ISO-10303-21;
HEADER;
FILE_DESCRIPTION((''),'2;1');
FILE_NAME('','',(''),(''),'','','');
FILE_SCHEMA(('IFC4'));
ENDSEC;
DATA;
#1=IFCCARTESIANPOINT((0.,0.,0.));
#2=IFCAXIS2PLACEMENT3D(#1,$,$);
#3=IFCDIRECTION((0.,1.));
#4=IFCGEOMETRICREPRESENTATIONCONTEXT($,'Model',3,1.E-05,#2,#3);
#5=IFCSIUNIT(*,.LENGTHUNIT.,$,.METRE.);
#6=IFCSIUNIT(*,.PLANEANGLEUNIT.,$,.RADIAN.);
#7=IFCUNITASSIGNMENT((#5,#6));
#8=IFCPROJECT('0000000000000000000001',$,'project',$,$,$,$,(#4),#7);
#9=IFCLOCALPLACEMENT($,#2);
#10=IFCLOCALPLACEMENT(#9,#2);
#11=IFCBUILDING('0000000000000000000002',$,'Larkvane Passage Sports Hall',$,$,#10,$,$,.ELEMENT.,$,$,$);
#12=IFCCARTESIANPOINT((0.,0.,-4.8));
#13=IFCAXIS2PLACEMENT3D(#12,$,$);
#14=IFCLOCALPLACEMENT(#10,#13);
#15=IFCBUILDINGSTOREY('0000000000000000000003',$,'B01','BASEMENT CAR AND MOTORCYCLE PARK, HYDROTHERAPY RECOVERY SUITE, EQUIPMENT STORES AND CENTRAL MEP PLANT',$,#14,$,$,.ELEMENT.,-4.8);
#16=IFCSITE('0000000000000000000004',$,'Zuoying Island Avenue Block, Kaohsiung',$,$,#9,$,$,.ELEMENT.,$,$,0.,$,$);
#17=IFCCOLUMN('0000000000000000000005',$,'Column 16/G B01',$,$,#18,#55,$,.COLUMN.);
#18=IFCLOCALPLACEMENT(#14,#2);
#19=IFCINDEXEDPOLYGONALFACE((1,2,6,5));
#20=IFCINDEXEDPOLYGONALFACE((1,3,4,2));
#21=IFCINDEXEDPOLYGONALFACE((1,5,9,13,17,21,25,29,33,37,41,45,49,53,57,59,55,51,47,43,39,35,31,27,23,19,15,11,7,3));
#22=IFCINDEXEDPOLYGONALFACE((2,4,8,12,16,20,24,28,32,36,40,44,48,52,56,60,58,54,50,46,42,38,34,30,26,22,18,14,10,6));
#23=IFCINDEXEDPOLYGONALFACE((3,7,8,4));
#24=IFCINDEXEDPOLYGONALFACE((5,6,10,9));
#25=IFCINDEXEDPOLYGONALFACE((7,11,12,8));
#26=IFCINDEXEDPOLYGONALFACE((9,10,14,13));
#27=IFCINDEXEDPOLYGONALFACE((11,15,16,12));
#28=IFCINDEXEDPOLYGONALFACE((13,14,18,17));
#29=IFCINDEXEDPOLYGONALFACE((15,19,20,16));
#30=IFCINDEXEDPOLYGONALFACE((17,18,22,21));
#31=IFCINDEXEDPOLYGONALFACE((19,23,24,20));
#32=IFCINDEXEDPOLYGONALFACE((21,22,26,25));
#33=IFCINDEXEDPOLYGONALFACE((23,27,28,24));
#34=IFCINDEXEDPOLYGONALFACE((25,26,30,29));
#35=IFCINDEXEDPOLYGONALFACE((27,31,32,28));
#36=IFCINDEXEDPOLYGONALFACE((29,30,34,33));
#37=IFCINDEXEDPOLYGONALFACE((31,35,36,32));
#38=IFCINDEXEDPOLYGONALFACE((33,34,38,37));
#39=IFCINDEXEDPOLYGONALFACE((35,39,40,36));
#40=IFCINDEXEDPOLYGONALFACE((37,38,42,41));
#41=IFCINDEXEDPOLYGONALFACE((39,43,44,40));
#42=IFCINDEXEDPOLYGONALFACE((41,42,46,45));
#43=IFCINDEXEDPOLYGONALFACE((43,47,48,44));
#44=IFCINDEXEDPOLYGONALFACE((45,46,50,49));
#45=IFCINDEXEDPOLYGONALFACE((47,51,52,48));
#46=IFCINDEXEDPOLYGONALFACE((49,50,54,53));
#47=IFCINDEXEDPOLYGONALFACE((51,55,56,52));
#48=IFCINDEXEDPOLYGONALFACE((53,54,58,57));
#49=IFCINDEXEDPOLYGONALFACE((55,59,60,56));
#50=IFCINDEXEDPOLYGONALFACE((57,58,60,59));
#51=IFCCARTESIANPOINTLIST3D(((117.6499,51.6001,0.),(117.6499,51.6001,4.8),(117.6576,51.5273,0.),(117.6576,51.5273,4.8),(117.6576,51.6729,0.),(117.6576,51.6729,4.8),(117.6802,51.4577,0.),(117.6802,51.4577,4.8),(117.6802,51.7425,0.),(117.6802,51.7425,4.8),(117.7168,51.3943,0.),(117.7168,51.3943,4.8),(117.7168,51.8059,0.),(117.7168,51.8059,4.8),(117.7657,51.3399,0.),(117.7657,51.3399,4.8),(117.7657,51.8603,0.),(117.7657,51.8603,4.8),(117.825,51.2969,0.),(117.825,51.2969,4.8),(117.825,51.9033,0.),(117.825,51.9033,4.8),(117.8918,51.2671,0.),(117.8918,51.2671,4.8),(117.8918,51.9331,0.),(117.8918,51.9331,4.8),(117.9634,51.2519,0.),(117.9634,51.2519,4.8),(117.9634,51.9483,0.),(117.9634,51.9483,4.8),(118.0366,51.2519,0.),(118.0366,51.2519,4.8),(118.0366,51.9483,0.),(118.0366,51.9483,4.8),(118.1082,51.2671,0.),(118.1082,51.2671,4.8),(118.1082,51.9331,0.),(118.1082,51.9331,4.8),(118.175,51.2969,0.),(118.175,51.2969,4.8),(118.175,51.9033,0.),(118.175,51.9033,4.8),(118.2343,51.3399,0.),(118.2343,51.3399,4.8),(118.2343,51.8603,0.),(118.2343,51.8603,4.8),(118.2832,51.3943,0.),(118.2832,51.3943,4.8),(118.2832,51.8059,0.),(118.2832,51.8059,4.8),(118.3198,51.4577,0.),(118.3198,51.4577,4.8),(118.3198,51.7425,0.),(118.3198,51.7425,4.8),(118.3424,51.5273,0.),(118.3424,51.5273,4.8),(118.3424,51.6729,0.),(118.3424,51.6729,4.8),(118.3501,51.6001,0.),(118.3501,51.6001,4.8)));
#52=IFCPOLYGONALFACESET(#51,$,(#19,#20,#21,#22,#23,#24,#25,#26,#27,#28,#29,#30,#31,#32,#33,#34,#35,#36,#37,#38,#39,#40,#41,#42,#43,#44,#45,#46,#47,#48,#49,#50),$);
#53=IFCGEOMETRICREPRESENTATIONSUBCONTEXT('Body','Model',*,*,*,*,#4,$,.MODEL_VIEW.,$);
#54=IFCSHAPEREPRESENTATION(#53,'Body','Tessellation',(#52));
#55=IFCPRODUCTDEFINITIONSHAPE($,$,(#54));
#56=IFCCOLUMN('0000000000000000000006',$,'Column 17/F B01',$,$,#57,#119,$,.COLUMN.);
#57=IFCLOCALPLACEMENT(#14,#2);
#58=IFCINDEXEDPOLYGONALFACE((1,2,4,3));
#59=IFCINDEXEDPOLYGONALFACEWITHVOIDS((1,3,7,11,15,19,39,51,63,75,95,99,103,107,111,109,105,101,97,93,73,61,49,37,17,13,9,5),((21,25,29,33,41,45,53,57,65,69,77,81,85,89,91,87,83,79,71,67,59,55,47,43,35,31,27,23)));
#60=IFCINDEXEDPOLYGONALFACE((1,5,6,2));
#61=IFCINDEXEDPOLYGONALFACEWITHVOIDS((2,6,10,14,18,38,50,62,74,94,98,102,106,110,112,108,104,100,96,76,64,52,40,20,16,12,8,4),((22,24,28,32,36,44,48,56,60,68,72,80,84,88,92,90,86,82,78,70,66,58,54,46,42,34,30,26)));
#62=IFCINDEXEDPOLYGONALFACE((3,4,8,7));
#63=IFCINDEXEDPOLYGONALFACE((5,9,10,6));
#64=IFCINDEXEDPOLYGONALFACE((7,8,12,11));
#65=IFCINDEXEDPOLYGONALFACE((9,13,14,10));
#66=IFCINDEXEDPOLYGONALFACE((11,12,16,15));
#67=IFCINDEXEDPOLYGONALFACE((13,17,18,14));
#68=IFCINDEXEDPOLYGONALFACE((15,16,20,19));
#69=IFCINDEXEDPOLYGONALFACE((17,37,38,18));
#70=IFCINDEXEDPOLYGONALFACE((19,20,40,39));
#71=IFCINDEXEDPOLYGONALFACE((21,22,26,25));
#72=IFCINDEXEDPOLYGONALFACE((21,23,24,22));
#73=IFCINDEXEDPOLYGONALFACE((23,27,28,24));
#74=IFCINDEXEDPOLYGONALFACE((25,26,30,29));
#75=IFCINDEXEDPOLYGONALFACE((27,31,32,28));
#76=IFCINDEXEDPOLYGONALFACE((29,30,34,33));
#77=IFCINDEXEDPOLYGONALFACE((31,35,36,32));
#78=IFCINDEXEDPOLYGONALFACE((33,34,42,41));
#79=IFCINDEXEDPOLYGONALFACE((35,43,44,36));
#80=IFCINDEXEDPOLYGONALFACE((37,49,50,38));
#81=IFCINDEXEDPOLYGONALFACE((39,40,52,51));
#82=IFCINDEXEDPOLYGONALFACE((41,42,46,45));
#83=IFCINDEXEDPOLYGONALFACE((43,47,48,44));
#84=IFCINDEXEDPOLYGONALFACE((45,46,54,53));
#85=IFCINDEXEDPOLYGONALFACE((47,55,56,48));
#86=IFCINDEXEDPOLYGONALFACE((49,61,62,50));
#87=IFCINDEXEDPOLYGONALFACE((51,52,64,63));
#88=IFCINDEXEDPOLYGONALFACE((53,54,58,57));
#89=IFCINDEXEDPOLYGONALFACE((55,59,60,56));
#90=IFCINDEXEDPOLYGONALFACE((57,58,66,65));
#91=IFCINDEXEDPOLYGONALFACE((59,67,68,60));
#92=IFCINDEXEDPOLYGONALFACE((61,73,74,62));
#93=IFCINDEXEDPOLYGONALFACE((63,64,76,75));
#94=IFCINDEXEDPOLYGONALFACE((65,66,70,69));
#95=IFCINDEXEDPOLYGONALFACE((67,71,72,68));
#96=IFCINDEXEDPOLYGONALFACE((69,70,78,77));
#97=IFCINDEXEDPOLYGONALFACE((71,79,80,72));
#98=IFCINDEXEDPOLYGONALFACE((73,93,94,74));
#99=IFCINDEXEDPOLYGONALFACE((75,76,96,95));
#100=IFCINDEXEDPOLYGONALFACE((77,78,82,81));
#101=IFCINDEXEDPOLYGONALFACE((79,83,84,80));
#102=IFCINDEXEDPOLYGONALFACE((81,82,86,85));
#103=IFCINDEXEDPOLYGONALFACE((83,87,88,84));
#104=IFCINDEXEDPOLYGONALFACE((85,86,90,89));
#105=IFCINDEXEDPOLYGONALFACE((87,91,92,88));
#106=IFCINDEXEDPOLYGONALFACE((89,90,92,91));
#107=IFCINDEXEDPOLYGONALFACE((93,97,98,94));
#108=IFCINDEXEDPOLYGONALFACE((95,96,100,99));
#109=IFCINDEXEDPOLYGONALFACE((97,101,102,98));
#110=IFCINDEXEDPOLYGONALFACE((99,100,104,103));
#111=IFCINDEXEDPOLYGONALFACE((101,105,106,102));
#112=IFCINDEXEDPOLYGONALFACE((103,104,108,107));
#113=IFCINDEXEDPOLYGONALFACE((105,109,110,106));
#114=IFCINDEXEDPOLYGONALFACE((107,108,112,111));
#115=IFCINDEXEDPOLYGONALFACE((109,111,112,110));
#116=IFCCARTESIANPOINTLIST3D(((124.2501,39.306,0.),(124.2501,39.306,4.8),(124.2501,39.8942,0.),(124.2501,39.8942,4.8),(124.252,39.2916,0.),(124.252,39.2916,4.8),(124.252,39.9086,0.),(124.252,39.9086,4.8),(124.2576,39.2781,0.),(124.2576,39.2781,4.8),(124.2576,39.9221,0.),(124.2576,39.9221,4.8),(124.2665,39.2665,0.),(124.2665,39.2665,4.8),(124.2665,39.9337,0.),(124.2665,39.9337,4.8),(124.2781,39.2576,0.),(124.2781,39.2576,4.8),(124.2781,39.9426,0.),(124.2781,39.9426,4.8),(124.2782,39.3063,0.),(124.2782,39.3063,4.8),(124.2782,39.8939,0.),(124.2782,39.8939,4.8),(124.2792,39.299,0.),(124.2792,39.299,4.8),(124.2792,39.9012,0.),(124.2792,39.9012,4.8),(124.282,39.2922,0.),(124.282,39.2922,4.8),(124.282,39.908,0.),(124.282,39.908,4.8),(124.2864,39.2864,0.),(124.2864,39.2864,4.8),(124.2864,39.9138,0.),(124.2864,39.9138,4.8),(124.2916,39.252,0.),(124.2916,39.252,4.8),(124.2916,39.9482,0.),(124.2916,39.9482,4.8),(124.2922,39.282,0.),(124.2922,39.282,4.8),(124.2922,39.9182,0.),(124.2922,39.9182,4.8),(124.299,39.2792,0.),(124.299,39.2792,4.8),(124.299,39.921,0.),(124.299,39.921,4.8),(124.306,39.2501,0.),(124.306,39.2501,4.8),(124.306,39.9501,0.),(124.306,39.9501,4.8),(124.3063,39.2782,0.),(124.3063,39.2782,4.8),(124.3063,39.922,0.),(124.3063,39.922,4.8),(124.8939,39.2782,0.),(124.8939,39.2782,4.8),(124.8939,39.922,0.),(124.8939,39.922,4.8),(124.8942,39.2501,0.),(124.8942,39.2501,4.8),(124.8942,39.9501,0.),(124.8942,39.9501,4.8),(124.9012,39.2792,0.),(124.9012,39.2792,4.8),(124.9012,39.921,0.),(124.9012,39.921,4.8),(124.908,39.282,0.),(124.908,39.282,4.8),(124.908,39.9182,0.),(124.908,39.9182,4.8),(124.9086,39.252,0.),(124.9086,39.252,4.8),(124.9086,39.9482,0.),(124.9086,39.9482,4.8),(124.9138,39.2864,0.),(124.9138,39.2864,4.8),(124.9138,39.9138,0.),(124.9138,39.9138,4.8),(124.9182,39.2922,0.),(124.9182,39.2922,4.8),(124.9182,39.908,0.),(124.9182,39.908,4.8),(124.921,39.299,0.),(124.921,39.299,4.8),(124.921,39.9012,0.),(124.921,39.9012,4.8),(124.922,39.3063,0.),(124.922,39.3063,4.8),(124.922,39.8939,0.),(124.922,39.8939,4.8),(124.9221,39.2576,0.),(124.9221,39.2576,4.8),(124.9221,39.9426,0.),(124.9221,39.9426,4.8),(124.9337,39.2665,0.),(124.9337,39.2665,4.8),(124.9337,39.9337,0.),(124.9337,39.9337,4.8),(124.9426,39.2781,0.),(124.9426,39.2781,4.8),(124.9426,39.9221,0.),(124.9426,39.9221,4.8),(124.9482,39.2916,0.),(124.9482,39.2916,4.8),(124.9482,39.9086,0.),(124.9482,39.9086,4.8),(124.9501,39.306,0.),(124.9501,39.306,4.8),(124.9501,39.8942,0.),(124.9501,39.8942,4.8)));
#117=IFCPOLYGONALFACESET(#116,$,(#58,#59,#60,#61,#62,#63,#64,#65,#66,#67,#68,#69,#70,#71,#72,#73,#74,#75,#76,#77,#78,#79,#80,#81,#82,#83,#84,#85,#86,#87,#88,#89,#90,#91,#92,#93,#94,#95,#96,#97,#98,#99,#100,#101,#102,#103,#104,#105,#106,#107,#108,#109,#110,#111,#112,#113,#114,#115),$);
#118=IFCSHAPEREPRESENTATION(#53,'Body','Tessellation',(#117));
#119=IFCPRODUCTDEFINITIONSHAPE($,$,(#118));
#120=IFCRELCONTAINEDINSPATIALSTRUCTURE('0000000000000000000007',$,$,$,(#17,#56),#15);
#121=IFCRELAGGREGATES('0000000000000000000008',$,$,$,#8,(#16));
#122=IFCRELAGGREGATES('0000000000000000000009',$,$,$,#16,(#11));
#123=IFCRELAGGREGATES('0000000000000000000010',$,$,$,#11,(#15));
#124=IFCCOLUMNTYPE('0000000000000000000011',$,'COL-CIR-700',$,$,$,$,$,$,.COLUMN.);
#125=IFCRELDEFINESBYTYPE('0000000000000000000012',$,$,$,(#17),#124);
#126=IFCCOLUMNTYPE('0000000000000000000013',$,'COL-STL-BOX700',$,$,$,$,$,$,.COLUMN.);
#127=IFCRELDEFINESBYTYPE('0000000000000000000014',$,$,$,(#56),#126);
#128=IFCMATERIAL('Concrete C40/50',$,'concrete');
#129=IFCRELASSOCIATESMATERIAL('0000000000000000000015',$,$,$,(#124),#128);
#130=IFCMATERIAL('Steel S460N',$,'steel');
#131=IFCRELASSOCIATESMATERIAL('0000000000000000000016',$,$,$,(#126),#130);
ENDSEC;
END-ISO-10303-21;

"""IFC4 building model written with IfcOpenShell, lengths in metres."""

from ifc_helpers import new_model, si_unit, direction, frame, origin, origin_2d, place, context, subcontext, project, spatial, hollow_rectangle, circle, extrude, material, material_profile, profile_set, type_object, element, save


model = new_model("IFC4")

# Units and contexts
model_context = context("Model", 3, precision=1e-05, world=origin(), true_north=direction((0.0, 1.0)))
body_context = subcontext(model_context, "Body", "Model", "MODEL_VIEW")
ifc_project = project(units=[si_unit("LENGTHUNIT", "METRE"), si_unit("PLANEANGLEUNIT", "RADIAN")], contexts=[model_context])

# Site, building, storey
site_placement = place(None, origin())
site = spatial("IfcSite", under=ifc_project, at=site_placement, Name="Zuoying Island Avenue Block, Kaohsiung", CompositionType="ELEMENT", RefElevation=0.0)
building_placement = place(site_placement, origin())
building = spatial("IfcBuilding", under=site, at=building_placement, Name="Larkvane Passage Sports Hall", CompositionType="ELEMENT")
storey_placement = place(building_placement, frame((0.0, 0.0, -4.8)))
storey = spatial("IfcBuildingStorey", under=building, at=storey_placement, Name="B01", Description="BASEMENT CAR AND MOTORCYCLE PARK, HYDROTHERAPY RECOVERY SUITE, EQUIPMENT STORES AND CENTRAL MEP PLANT", CompositionType="ELEMENT", Elevation=-4.8)

# Shared definitions
ifc_material_1 = material(Name="Concrete C40/50", Category="concrete")

# Columns
ifc_material_profile_1 = material_profile(ifc_material_1, circle(Radius=0.3501, at=origin_2d()), Name="RC-CIR-700")
ifc_profile_set_1 = profile_set([ifc_material_profile_1], Name="Concrete C40/50")
column_type_1 = type_object("IfcColumnType", Name="COL-CIR-700", PredefinedType="COLUMN", material=ifc_profile_set_1)
column_1_placement = place(storey_placement, frame((118.0, 51.6001, 0.0), z_axis=(0.0, 0.0, 1.0), x_axis=(1.0, 0.0, 0.0)))
element("IfcColumn", 1, at=column_1_placement, inside=storey, type_object=column_type_1, Name="Column 16/G B01", PredefinedType="COLUMN", context=body_context, shape_type="SweptSolid", body=[
    extrude(circle(Radius=0.3501, at=origin_2d()), origin(), (0.0, 0.0, 1.0), 4.8),
])
ifc_material_2 = material(Name="Steel S460N", Category="steel")
ifc_material_profile_2 = material_profile(ifc_material_2, hollow_rectangle(XDim=0.7, YDim=0.7, WallThickness=0.0281, InnerFilletRadius=0.0281, OuterFilletRadius=0.0559, at=origin_2d()), Name="BOX-700x700x28")
ifc_profile_set_2 = profile_set([ifc_material_profile_2], Name="Steel S460N")
column_type_2 = type_object("IfcColumnType", Name="COL-STL-BOX700", PredefinedType="COLUMN", material=ifc_profile_set_2)
column_2_placement = place(storey_placement, frame((124.6001, 39.6001, 0.0), z_axis=(0.0, 0.0, 1.0), x_axis=(1.0, 0.0, 0.0)))
element("IfcColumn", 2, at=column_2_placement, inside=storey, type_object=column_type_2, Name="Column 17/F B01", PredefinedType="COLUMN", context=body_context, shape_type="SweptSolid", body=[
    extrude(hollow_rectangle(XDim=0.7, YDim=0.7, WallThickness=0.0281, InnerFilletRadius=0.0281, OuterFilletRadius=0.0559, at=origin_2d()), origin(), (0.0, 0.0, 1.0), 4.8),
])

save(model, "model.ifc")
